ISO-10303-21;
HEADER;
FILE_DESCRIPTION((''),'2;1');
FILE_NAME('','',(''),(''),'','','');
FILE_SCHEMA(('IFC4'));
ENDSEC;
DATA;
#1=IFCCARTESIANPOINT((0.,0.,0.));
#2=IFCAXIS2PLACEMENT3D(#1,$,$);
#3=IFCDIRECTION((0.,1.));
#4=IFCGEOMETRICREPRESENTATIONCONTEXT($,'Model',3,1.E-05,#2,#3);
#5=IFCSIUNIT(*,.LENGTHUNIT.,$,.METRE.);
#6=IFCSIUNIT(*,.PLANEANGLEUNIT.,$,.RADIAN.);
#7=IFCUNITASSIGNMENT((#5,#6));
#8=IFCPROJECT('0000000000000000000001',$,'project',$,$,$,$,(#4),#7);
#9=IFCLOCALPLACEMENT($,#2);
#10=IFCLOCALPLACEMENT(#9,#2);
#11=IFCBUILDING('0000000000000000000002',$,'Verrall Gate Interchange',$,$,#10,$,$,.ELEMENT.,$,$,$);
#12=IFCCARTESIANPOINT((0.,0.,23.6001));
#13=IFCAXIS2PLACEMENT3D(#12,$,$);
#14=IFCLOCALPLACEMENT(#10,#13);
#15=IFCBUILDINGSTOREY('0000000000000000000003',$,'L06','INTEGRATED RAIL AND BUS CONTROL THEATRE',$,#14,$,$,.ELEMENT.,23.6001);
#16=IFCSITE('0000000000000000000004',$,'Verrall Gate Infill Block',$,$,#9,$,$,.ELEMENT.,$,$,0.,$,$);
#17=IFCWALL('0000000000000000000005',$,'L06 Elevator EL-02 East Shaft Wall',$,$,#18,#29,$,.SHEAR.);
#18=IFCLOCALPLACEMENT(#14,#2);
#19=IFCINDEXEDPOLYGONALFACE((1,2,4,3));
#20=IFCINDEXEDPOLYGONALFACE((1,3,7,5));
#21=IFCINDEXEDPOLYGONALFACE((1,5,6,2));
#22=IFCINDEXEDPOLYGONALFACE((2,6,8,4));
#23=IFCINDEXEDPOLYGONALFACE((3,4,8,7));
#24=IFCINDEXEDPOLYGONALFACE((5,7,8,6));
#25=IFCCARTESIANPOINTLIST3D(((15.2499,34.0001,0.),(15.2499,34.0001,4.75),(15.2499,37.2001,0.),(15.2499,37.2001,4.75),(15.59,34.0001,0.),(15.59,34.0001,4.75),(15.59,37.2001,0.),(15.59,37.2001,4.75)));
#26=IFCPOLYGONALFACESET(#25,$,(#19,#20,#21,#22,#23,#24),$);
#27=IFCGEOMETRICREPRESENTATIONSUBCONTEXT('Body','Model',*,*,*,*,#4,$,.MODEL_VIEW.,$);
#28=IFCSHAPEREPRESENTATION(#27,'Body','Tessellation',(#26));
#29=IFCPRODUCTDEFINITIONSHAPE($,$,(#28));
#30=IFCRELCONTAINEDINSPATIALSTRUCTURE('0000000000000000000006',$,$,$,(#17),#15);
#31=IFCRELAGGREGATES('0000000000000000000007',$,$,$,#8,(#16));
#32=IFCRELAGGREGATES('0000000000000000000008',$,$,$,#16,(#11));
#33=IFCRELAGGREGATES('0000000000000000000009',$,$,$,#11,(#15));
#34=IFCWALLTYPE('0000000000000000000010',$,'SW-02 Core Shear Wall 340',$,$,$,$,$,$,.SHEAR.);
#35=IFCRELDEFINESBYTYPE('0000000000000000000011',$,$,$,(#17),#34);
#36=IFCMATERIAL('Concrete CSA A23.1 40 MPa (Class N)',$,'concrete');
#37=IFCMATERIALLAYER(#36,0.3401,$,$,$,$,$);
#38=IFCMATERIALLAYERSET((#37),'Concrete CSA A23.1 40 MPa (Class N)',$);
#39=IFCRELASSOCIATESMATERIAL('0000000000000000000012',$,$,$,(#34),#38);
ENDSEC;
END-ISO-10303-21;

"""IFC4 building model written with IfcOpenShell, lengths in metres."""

from ifc_helpers import new_model, si_unit, direction, frame, frame_2d, origin, place, context, subcontext, project, spatial, rectangle, extrude, material, layer, layer_set, type_object, element, save


model = new_model("IFC4")

# Units and contexts
model_context = context("Model", 3, precision=1e-05, world=origin(), true_north=direction((0.0, 1.0)))
body_context = subcontext(model_context, "Body", "Model", "MODEL_VIEW")
ifc_project = project(units=[si_unit("LENGTHUNIT", "METRE"), si_unit("PLANEANGLEUNIT", "RADIAN")], contexts=[model_context])

# Site, building, storey
site_placement = place(None, origin())
site = spatial("IfcSite", under=ifc_project, at=site_placement, Name="Verrall Gate Infill Block", CompositionType="ELEMENT", RefElevation=0.0)
building_placement = place(site_placement, origin())
building = spatial("IfcBuilding", under=site, at=building_placement, Name="Verrall Gate Interchange", CompositionType="ELEMENT")
storey_placement = place(building_placement, frame((0.0, 0.0, 23.6001)))
storey = spatial("IfcBuildingStorey", under=building, at=storey_placement, Name="L06", Description="INTEGRATED RAIL AND BUS CONTROL THEATRE", CompositionType="ELEMENT", Elevation=23.6001)

# Wall
ifc_material_1 = material(Name="Concrete CSA A23.1 40 MPa (Class N)", Category="concrete")
ifc_layer_1 = layer(ifc_material_1, 0.3401)
ifc_layer_set_1 = layer_set([ifc_layer_1], Name="Concrete CSA A23.1 40 MPa (Class N)")
wall_type_1 = type_object("IfcWallType", Name="SW-02 Core Shear Wall 340", PredefinedType="SHEAR", material=ifc_layer_set_1)
for number, where, z_axis, x_axis, name in (
    (1, (15.4199, 34.0, 0.0), (0.0, 0.0, 1.0), (0.0, 1.0, 0.0), "L06 Elevator EL-02 East Shaft Wall"),
):
    element("IfcWall", number, at=place(storey_placement, frame(where, z_axis=z_axis, x_axis=x_axis)), inside=storey, type_object=wall_type_1, Name=name, PredefinedType="SHEAR", context=body_context, shape_type="SweptSolid", body=[
        extrude(rectangle(XDim=3.2, YDim=0.3401, at=frame_2d((1.6001, 0.0))), origin(), (0.0, 0.0, 1.0), 4.75),
    ])

save(model, "model.ifc")
